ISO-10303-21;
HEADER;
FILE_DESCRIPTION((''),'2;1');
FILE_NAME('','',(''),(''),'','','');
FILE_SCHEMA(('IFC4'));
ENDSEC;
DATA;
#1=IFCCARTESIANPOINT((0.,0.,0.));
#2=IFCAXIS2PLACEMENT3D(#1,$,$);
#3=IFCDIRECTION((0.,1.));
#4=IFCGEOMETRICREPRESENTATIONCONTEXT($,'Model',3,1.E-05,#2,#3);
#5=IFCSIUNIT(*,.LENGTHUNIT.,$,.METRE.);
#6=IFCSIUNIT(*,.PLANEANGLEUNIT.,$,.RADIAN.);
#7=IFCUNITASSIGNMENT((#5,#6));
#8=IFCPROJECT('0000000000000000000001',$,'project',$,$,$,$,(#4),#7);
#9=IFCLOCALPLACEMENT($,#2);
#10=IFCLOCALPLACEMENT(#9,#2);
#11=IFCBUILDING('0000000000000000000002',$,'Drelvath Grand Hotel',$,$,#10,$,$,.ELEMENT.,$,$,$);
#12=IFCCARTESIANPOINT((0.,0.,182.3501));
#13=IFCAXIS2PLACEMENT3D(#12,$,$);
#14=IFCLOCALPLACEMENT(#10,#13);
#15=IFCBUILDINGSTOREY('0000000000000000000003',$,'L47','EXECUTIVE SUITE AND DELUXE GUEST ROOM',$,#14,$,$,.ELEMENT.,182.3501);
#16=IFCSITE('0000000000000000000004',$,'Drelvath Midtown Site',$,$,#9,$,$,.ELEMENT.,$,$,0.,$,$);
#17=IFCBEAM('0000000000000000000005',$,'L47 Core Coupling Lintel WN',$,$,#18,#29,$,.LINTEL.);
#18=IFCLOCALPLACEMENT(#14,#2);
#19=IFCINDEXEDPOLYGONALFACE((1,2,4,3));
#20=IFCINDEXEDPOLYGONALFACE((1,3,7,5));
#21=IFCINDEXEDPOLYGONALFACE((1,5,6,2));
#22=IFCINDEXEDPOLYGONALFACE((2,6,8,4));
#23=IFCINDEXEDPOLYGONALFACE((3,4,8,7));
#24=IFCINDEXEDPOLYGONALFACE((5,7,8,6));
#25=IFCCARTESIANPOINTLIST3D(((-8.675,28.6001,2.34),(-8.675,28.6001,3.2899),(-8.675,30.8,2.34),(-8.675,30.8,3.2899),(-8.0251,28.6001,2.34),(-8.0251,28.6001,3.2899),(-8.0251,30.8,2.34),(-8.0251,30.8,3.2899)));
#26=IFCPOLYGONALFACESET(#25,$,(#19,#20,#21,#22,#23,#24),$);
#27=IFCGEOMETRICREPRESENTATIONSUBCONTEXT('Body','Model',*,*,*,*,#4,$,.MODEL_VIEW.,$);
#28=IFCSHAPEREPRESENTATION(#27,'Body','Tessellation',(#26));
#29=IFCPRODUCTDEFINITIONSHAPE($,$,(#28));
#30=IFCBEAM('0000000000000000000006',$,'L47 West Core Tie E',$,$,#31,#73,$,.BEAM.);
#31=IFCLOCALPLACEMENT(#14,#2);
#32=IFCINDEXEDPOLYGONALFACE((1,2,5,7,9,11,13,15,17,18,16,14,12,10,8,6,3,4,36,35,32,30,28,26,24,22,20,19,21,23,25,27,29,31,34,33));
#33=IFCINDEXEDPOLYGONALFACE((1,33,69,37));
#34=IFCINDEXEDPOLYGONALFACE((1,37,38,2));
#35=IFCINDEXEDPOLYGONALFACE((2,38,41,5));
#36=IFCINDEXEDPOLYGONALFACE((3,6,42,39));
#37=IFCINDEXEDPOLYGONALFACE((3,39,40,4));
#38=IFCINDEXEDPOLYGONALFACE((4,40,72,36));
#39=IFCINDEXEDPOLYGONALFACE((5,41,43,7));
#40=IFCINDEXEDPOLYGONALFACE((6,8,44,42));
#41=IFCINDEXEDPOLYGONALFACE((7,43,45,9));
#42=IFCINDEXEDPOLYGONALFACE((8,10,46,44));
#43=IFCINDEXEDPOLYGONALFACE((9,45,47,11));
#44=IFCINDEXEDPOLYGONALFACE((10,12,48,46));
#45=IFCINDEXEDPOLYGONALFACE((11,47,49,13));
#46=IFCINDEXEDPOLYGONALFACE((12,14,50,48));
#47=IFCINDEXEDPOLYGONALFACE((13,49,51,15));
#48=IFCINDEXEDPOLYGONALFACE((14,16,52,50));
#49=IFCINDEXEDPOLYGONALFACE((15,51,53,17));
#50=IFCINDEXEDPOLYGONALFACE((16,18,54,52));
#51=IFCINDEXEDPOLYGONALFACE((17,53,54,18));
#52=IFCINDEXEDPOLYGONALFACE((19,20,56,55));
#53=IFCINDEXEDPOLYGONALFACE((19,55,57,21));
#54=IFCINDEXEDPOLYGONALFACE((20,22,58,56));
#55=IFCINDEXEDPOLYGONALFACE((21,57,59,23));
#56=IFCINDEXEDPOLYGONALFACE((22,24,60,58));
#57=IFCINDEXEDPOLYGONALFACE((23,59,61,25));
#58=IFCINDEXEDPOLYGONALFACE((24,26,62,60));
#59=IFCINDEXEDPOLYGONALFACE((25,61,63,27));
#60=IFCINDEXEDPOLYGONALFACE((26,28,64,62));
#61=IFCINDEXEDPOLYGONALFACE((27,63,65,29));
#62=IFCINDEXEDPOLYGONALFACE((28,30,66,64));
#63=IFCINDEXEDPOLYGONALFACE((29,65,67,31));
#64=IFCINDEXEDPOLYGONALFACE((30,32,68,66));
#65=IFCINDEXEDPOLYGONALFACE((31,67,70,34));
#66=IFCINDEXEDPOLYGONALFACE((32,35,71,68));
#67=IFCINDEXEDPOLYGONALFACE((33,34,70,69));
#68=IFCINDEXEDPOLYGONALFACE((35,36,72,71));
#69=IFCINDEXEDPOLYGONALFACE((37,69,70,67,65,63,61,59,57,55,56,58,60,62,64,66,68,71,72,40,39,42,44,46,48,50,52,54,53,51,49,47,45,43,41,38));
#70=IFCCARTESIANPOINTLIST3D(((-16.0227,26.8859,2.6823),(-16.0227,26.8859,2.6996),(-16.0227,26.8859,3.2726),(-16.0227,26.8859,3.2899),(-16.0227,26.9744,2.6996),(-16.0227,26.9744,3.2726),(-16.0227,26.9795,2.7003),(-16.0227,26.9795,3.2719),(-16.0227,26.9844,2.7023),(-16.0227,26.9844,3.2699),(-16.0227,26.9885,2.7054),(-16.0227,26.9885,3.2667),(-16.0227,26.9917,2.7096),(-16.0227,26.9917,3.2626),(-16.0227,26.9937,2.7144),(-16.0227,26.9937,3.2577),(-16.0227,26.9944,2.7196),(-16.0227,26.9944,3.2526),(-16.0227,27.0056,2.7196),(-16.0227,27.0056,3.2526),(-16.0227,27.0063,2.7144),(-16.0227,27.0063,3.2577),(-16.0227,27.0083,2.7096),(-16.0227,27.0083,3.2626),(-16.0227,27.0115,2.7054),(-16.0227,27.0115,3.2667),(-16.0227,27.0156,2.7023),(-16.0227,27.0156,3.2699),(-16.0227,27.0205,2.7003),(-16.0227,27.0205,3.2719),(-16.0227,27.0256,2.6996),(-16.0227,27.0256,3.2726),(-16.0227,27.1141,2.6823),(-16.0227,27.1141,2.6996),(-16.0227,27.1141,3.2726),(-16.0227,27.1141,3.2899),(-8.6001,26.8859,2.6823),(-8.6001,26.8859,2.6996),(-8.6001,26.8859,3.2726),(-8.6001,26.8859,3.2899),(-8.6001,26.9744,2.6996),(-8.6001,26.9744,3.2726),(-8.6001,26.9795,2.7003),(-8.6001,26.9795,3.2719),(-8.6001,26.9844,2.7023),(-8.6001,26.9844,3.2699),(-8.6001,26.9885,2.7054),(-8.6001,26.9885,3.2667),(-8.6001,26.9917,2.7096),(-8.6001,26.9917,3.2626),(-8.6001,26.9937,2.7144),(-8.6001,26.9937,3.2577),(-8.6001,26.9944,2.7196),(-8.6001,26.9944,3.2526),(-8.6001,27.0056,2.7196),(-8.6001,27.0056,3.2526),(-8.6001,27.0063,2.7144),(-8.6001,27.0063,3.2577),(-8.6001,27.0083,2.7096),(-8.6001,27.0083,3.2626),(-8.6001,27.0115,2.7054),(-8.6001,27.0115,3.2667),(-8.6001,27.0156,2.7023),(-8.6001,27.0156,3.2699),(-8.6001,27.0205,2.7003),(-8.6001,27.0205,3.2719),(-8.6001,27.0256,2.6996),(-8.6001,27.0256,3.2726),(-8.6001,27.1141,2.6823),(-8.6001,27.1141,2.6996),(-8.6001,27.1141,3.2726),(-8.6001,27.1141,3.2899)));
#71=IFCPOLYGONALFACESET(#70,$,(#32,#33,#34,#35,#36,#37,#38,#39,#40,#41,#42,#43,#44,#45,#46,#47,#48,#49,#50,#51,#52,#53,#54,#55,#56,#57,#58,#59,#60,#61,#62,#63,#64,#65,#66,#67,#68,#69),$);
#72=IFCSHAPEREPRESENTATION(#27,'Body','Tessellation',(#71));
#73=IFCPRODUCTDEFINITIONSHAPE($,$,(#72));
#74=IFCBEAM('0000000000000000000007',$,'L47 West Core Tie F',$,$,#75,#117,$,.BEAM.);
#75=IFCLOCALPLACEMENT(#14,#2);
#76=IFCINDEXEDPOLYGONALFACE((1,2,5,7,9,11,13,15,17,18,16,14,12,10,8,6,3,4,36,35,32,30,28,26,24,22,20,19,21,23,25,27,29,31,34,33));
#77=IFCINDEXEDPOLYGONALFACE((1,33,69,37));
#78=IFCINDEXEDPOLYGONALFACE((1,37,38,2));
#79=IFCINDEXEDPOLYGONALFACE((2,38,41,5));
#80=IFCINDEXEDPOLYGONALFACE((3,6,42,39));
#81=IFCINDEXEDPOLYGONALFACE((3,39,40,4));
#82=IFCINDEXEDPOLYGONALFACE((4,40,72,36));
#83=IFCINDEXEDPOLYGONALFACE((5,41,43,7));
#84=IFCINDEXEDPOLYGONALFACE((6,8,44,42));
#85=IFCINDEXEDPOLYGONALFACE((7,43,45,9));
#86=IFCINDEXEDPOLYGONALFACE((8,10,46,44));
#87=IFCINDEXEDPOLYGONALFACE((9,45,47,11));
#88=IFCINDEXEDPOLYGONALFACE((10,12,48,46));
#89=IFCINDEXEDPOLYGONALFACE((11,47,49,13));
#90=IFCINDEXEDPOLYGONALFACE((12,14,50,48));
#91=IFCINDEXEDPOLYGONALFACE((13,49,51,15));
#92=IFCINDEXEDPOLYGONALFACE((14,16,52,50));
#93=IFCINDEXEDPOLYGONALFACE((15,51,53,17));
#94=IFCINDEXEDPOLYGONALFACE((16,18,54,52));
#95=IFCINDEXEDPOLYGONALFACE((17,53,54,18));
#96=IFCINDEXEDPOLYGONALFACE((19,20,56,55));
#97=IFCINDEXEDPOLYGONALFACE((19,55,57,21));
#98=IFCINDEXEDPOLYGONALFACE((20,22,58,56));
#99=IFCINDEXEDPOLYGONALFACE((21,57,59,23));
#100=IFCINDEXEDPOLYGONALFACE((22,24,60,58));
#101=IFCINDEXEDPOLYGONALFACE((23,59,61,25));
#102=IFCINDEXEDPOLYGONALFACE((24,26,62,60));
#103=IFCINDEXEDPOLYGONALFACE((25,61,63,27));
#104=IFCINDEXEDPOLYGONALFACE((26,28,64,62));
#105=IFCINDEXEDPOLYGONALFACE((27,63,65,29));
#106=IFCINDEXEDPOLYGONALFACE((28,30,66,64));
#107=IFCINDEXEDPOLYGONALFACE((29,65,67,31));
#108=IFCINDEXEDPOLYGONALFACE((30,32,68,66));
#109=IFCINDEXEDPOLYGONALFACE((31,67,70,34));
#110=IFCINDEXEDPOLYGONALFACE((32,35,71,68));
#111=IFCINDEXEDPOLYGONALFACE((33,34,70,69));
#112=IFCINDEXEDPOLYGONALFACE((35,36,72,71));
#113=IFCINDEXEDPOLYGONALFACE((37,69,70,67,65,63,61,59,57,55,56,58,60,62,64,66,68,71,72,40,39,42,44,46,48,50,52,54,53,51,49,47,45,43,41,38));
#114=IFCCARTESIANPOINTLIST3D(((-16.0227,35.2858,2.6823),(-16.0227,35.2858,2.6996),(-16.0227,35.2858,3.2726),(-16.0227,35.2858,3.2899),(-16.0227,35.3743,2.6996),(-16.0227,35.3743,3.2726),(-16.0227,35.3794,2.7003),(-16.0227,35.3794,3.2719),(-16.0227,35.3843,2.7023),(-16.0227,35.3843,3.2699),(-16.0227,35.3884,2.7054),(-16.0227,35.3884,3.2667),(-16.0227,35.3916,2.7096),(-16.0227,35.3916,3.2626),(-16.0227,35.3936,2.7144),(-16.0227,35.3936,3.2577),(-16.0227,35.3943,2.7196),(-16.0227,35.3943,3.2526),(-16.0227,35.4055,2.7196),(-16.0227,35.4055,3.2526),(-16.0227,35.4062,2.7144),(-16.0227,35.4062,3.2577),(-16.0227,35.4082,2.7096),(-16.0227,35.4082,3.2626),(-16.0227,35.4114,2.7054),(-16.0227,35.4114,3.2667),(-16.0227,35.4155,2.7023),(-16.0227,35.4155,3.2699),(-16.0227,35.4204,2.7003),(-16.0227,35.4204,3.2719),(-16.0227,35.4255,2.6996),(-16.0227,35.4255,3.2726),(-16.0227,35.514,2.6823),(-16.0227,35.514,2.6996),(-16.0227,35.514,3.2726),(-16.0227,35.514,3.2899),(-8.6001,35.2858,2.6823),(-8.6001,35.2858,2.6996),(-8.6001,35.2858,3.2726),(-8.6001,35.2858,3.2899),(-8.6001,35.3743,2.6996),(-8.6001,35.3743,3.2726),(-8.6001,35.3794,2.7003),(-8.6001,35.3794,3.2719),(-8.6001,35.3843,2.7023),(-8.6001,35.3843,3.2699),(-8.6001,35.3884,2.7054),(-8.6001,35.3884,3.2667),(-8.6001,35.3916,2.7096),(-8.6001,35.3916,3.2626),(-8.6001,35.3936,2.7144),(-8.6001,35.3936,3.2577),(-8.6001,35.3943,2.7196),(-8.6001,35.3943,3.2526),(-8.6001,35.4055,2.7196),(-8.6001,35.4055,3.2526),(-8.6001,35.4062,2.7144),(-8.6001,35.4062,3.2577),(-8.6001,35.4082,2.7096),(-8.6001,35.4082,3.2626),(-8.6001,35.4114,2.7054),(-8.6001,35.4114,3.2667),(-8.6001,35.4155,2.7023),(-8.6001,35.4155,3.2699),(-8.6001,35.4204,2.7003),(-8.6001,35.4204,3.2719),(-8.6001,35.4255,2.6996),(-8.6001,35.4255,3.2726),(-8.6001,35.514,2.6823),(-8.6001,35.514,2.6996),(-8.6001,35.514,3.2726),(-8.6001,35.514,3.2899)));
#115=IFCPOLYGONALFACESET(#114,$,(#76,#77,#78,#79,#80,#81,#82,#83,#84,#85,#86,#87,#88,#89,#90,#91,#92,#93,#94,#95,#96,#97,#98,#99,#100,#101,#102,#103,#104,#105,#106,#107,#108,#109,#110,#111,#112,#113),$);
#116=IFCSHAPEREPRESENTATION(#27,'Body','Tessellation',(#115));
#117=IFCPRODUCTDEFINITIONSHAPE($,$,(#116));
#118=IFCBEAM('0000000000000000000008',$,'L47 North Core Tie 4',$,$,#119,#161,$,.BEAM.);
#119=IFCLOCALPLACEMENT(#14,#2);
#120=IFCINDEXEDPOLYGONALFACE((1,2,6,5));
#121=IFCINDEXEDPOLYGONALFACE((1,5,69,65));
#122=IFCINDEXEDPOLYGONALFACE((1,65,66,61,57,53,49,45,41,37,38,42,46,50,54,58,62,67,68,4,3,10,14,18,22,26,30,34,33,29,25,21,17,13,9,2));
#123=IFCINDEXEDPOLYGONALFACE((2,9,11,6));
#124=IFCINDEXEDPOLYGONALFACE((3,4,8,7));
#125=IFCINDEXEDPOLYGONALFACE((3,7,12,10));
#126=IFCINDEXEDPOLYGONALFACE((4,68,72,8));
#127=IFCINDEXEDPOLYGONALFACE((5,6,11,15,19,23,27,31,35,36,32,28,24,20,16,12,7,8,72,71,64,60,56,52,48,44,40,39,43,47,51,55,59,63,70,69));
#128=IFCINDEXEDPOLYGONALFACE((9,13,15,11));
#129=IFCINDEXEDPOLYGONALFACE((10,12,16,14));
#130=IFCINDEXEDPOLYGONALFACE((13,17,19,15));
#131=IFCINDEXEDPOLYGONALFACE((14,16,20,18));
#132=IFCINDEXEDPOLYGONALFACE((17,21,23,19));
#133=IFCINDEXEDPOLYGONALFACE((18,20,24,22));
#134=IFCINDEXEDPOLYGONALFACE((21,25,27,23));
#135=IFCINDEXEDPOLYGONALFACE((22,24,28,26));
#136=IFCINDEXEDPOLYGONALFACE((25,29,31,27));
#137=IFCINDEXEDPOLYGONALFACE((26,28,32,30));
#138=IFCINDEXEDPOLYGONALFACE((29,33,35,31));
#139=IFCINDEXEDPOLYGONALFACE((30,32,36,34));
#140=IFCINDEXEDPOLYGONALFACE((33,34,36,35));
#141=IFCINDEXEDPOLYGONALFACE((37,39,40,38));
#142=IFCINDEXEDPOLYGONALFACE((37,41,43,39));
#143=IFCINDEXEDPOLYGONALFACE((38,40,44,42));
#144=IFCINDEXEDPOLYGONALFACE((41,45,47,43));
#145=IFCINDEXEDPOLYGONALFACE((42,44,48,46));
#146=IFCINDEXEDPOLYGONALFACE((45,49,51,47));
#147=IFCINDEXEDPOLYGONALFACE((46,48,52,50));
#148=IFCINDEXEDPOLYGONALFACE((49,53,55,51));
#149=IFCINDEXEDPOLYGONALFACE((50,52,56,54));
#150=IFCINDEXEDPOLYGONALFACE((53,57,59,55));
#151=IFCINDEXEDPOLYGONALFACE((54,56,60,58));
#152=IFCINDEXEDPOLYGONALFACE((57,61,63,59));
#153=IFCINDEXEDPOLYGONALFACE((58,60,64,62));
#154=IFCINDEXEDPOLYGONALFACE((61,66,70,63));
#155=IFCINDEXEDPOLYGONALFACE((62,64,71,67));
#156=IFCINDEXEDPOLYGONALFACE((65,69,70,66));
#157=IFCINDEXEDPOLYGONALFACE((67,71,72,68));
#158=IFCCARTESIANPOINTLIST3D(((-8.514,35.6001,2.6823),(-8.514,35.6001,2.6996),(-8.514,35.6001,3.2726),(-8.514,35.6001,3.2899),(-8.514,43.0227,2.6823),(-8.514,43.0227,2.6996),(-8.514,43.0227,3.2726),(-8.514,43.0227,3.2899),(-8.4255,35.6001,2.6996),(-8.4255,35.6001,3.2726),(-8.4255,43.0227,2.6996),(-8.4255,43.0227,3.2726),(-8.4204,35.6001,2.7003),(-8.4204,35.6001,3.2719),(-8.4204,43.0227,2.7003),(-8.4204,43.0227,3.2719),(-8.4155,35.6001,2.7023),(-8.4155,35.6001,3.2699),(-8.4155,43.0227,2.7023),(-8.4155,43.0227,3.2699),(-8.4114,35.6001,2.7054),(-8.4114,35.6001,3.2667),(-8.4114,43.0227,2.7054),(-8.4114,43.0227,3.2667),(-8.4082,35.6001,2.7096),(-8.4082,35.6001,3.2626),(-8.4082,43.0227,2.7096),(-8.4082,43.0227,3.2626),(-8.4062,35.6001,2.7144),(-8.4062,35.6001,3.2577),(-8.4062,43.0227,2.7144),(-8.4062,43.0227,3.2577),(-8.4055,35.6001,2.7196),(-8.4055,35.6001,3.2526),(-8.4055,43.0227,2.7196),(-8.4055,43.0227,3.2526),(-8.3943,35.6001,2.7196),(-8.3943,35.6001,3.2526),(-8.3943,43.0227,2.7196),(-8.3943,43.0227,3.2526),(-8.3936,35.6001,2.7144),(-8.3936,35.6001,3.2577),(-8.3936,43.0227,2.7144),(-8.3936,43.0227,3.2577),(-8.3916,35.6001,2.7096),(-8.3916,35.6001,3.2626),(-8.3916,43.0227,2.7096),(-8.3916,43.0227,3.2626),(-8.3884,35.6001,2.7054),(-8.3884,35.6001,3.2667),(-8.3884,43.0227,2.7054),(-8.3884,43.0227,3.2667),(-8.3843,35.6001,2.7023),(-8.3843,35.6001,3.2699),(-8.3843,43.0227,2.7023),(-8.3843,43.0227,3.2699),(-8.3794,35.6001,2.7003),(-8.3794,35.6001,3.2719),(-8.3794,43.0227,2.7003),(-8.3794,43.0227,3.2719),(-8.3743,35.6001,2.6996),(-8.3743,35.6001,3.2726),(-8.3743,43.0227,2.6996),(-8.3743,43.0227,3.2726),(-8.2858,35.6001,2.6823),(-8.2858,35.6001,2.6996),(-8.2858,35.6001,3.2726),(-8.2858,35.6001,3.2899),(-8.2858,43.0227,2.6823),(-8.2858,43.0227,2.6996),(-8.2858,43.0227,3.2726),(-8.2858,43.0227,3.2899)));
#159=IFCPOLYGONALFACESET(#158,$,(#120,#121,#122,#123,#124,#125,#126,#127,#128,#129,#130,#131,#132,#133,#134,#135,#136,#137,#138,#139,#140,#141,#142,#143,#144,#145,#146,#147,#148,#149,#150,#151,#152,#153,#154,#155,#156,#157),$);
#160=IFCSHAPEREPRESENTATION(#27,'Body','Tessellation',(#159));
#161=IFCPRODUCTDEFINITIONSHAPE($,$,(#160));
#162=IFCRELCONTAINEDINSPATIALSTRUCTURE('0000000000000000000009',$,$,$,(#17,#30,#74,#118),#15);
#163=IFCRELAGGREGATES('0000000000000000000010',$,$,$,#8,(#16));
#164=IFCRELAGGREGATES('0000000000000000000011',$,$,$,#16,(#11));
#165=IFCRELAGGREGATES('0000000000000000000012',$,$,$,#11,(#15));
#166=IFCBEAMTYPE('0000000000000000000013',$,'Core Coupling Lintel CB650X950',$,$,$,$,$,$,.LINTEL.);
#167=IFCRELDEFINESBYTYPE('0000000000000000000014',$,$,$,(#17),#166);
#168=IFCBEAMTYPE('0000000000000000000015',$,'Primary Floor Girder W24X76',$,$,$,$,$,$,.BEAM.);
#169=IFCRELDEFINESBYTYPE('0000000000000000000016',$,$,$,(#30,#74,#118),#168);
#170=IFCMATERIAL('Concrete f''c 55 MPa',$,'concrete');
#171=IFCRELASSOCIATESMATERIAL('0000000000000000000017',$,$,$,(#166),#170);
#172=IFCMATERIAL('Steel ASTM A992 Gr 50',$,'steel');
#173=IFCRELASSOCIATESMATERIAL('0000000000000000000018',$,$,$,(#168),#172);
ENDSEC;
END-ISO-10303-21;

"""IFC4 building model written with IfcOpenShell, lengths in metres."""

from ifc_helpers import new_model, si_unit, direction, frame, origin, origin_2d, place, context, subcontext, project, spatial, rectangle, i_section, extrude, material, material_profile, profile_set, type_object, element, save


model = new_model("IFC4")

# Units and contexts
model_context = context("Model", 3, precision=1e-05, world=origin(), true_north=direction((0.0, 1.0)))
body_context = subcontext(model_context, "Body", "Model", "MODEL_VIEW")
ifc_project = project(units=[si_unit("LENGTHUNIT", "METRE"), si_unit("PLANEANGLEUNIT", "RADIAN")], contexts=[model_context])

# Site, building, storey
site_placement = place(None, origin())
site = spatial("IfcSite", under=ifc_project, at=site_placement, Name="Drelvath Midtown Site", CompositionType="ELEMENT", RefElevation=0.0)
building_placement = place(site_placement, origin())
building = spatial("IfcBuilding", under=site, at=building_placement, Name="Drelvath Grand Hotel", CompositionType="ELEMENT")
storey_placement = place(building_placement, frame((0.0, 0.0, 182.3501)))
storey = spatial("IfcBuildingStorey", under=building, at=storey_placement, Name="L47", Description="EXECUTIVE SUITE AND DELUXE GUEST ROOM", CompositionType="ELEMENT", Elevation=182.3501)

# Beams
ifc_material_1 = material(Name="Concrete f'c 55 MPa", Category="concrete")
ifc_material_profile_1 = material_profile(ifc_material_1, rectangle(XDim=0.6499, YDim=0.95, at=origin_2d()), Name="CB650X950")
ifc_profile_set_1 = profile_set([ifc_material_profile_1], Name="Concrete f'c 55 MPa")
beam_type_1 = type_object("IfcBeamType", Name="Core Coupling Lintel CB650X950", PredefinedType="LINTEL", material=ifc_profile_set_1)
beam_placement = place(storey_placement, frame((-8.3501, 28.6001, 2.8149), z_axis=(0.0, 1.0, 0.0), x_axis=(-1.0, 0.0, 0.0)))
element("IfcBeam", 1, at=beam_placement, inside=storey, type_object=beam_type_1, Name="L47 Core Coupling Lintel WN", PredefinedType="LINTEL", context=body_context, shape_type="SweptSolid", body=[
    extrude(rectangle(XDim=0.6499, YDim=0.95, at=origin_2d()), origin(), (0.0, 0.0, 1.0), 2.2),
])
ifc_material_2 = material(Name="Steel ASTM A992 Gr 50", Category="steel")
ifc_material_profile_2 = material_profile(ifc_material_2, i_section(OverallWidth=0.2283, OverallDepth=0.6077, WebThickness=0.0112, FlangeThickness=0.0173, FilletRadius=0.02, at=origin_2d()), Name="W24X76")
ifc_profile_set_2 = profile_set([ifc_material_profile_2], Name="Steel ASTM A992 Gr 50")
beam_type_2 = type_object("IfcBeamType", Name="Primary Floor Girder W24X76", PredefinedType="BEAM", material=ifc_profile_set_2)
for number, where, z_axis, x_axis, name in (
    (2, (-16.0227, 27.0, 2.9861), (1.0, 0.0, 0.0), (0.0, 1.0, 0.0), "L47 West Core Tie E"),
    (3, (-16.0227, 35.3999, 2.9861), (1.0, 0.0, 0.0), (0.0, 1.0, 0.0), "L47 West Core Tie F"),
    (4, (-8.3999, 35.6001, 2.9861), (0.0, 1.0, 0.0), (-1.0, 0.0, 0.0), "L47 North Core Tie 4"),
):
    element("IfcBeam", number, at=place(storey_placement, frame(where, z_axis=z_axis, x_axis=x_axis)), inside=storey, type_object=beam_type_2, Name=name, PredefinedType="BEAM", context=body_context, shape_type="SweptSolid", body=[
        extrude(i_section(OverallWidth=0.2283, OverallDepth=0.6077, WebThickness=0.0112, FlangeThickness=0.0173, FilletRadius=0.02, at=origin_2d()), origin(), (0.0, 0.0, 1.0), 7.4226),
    ])

save(model, "model.ifc")
